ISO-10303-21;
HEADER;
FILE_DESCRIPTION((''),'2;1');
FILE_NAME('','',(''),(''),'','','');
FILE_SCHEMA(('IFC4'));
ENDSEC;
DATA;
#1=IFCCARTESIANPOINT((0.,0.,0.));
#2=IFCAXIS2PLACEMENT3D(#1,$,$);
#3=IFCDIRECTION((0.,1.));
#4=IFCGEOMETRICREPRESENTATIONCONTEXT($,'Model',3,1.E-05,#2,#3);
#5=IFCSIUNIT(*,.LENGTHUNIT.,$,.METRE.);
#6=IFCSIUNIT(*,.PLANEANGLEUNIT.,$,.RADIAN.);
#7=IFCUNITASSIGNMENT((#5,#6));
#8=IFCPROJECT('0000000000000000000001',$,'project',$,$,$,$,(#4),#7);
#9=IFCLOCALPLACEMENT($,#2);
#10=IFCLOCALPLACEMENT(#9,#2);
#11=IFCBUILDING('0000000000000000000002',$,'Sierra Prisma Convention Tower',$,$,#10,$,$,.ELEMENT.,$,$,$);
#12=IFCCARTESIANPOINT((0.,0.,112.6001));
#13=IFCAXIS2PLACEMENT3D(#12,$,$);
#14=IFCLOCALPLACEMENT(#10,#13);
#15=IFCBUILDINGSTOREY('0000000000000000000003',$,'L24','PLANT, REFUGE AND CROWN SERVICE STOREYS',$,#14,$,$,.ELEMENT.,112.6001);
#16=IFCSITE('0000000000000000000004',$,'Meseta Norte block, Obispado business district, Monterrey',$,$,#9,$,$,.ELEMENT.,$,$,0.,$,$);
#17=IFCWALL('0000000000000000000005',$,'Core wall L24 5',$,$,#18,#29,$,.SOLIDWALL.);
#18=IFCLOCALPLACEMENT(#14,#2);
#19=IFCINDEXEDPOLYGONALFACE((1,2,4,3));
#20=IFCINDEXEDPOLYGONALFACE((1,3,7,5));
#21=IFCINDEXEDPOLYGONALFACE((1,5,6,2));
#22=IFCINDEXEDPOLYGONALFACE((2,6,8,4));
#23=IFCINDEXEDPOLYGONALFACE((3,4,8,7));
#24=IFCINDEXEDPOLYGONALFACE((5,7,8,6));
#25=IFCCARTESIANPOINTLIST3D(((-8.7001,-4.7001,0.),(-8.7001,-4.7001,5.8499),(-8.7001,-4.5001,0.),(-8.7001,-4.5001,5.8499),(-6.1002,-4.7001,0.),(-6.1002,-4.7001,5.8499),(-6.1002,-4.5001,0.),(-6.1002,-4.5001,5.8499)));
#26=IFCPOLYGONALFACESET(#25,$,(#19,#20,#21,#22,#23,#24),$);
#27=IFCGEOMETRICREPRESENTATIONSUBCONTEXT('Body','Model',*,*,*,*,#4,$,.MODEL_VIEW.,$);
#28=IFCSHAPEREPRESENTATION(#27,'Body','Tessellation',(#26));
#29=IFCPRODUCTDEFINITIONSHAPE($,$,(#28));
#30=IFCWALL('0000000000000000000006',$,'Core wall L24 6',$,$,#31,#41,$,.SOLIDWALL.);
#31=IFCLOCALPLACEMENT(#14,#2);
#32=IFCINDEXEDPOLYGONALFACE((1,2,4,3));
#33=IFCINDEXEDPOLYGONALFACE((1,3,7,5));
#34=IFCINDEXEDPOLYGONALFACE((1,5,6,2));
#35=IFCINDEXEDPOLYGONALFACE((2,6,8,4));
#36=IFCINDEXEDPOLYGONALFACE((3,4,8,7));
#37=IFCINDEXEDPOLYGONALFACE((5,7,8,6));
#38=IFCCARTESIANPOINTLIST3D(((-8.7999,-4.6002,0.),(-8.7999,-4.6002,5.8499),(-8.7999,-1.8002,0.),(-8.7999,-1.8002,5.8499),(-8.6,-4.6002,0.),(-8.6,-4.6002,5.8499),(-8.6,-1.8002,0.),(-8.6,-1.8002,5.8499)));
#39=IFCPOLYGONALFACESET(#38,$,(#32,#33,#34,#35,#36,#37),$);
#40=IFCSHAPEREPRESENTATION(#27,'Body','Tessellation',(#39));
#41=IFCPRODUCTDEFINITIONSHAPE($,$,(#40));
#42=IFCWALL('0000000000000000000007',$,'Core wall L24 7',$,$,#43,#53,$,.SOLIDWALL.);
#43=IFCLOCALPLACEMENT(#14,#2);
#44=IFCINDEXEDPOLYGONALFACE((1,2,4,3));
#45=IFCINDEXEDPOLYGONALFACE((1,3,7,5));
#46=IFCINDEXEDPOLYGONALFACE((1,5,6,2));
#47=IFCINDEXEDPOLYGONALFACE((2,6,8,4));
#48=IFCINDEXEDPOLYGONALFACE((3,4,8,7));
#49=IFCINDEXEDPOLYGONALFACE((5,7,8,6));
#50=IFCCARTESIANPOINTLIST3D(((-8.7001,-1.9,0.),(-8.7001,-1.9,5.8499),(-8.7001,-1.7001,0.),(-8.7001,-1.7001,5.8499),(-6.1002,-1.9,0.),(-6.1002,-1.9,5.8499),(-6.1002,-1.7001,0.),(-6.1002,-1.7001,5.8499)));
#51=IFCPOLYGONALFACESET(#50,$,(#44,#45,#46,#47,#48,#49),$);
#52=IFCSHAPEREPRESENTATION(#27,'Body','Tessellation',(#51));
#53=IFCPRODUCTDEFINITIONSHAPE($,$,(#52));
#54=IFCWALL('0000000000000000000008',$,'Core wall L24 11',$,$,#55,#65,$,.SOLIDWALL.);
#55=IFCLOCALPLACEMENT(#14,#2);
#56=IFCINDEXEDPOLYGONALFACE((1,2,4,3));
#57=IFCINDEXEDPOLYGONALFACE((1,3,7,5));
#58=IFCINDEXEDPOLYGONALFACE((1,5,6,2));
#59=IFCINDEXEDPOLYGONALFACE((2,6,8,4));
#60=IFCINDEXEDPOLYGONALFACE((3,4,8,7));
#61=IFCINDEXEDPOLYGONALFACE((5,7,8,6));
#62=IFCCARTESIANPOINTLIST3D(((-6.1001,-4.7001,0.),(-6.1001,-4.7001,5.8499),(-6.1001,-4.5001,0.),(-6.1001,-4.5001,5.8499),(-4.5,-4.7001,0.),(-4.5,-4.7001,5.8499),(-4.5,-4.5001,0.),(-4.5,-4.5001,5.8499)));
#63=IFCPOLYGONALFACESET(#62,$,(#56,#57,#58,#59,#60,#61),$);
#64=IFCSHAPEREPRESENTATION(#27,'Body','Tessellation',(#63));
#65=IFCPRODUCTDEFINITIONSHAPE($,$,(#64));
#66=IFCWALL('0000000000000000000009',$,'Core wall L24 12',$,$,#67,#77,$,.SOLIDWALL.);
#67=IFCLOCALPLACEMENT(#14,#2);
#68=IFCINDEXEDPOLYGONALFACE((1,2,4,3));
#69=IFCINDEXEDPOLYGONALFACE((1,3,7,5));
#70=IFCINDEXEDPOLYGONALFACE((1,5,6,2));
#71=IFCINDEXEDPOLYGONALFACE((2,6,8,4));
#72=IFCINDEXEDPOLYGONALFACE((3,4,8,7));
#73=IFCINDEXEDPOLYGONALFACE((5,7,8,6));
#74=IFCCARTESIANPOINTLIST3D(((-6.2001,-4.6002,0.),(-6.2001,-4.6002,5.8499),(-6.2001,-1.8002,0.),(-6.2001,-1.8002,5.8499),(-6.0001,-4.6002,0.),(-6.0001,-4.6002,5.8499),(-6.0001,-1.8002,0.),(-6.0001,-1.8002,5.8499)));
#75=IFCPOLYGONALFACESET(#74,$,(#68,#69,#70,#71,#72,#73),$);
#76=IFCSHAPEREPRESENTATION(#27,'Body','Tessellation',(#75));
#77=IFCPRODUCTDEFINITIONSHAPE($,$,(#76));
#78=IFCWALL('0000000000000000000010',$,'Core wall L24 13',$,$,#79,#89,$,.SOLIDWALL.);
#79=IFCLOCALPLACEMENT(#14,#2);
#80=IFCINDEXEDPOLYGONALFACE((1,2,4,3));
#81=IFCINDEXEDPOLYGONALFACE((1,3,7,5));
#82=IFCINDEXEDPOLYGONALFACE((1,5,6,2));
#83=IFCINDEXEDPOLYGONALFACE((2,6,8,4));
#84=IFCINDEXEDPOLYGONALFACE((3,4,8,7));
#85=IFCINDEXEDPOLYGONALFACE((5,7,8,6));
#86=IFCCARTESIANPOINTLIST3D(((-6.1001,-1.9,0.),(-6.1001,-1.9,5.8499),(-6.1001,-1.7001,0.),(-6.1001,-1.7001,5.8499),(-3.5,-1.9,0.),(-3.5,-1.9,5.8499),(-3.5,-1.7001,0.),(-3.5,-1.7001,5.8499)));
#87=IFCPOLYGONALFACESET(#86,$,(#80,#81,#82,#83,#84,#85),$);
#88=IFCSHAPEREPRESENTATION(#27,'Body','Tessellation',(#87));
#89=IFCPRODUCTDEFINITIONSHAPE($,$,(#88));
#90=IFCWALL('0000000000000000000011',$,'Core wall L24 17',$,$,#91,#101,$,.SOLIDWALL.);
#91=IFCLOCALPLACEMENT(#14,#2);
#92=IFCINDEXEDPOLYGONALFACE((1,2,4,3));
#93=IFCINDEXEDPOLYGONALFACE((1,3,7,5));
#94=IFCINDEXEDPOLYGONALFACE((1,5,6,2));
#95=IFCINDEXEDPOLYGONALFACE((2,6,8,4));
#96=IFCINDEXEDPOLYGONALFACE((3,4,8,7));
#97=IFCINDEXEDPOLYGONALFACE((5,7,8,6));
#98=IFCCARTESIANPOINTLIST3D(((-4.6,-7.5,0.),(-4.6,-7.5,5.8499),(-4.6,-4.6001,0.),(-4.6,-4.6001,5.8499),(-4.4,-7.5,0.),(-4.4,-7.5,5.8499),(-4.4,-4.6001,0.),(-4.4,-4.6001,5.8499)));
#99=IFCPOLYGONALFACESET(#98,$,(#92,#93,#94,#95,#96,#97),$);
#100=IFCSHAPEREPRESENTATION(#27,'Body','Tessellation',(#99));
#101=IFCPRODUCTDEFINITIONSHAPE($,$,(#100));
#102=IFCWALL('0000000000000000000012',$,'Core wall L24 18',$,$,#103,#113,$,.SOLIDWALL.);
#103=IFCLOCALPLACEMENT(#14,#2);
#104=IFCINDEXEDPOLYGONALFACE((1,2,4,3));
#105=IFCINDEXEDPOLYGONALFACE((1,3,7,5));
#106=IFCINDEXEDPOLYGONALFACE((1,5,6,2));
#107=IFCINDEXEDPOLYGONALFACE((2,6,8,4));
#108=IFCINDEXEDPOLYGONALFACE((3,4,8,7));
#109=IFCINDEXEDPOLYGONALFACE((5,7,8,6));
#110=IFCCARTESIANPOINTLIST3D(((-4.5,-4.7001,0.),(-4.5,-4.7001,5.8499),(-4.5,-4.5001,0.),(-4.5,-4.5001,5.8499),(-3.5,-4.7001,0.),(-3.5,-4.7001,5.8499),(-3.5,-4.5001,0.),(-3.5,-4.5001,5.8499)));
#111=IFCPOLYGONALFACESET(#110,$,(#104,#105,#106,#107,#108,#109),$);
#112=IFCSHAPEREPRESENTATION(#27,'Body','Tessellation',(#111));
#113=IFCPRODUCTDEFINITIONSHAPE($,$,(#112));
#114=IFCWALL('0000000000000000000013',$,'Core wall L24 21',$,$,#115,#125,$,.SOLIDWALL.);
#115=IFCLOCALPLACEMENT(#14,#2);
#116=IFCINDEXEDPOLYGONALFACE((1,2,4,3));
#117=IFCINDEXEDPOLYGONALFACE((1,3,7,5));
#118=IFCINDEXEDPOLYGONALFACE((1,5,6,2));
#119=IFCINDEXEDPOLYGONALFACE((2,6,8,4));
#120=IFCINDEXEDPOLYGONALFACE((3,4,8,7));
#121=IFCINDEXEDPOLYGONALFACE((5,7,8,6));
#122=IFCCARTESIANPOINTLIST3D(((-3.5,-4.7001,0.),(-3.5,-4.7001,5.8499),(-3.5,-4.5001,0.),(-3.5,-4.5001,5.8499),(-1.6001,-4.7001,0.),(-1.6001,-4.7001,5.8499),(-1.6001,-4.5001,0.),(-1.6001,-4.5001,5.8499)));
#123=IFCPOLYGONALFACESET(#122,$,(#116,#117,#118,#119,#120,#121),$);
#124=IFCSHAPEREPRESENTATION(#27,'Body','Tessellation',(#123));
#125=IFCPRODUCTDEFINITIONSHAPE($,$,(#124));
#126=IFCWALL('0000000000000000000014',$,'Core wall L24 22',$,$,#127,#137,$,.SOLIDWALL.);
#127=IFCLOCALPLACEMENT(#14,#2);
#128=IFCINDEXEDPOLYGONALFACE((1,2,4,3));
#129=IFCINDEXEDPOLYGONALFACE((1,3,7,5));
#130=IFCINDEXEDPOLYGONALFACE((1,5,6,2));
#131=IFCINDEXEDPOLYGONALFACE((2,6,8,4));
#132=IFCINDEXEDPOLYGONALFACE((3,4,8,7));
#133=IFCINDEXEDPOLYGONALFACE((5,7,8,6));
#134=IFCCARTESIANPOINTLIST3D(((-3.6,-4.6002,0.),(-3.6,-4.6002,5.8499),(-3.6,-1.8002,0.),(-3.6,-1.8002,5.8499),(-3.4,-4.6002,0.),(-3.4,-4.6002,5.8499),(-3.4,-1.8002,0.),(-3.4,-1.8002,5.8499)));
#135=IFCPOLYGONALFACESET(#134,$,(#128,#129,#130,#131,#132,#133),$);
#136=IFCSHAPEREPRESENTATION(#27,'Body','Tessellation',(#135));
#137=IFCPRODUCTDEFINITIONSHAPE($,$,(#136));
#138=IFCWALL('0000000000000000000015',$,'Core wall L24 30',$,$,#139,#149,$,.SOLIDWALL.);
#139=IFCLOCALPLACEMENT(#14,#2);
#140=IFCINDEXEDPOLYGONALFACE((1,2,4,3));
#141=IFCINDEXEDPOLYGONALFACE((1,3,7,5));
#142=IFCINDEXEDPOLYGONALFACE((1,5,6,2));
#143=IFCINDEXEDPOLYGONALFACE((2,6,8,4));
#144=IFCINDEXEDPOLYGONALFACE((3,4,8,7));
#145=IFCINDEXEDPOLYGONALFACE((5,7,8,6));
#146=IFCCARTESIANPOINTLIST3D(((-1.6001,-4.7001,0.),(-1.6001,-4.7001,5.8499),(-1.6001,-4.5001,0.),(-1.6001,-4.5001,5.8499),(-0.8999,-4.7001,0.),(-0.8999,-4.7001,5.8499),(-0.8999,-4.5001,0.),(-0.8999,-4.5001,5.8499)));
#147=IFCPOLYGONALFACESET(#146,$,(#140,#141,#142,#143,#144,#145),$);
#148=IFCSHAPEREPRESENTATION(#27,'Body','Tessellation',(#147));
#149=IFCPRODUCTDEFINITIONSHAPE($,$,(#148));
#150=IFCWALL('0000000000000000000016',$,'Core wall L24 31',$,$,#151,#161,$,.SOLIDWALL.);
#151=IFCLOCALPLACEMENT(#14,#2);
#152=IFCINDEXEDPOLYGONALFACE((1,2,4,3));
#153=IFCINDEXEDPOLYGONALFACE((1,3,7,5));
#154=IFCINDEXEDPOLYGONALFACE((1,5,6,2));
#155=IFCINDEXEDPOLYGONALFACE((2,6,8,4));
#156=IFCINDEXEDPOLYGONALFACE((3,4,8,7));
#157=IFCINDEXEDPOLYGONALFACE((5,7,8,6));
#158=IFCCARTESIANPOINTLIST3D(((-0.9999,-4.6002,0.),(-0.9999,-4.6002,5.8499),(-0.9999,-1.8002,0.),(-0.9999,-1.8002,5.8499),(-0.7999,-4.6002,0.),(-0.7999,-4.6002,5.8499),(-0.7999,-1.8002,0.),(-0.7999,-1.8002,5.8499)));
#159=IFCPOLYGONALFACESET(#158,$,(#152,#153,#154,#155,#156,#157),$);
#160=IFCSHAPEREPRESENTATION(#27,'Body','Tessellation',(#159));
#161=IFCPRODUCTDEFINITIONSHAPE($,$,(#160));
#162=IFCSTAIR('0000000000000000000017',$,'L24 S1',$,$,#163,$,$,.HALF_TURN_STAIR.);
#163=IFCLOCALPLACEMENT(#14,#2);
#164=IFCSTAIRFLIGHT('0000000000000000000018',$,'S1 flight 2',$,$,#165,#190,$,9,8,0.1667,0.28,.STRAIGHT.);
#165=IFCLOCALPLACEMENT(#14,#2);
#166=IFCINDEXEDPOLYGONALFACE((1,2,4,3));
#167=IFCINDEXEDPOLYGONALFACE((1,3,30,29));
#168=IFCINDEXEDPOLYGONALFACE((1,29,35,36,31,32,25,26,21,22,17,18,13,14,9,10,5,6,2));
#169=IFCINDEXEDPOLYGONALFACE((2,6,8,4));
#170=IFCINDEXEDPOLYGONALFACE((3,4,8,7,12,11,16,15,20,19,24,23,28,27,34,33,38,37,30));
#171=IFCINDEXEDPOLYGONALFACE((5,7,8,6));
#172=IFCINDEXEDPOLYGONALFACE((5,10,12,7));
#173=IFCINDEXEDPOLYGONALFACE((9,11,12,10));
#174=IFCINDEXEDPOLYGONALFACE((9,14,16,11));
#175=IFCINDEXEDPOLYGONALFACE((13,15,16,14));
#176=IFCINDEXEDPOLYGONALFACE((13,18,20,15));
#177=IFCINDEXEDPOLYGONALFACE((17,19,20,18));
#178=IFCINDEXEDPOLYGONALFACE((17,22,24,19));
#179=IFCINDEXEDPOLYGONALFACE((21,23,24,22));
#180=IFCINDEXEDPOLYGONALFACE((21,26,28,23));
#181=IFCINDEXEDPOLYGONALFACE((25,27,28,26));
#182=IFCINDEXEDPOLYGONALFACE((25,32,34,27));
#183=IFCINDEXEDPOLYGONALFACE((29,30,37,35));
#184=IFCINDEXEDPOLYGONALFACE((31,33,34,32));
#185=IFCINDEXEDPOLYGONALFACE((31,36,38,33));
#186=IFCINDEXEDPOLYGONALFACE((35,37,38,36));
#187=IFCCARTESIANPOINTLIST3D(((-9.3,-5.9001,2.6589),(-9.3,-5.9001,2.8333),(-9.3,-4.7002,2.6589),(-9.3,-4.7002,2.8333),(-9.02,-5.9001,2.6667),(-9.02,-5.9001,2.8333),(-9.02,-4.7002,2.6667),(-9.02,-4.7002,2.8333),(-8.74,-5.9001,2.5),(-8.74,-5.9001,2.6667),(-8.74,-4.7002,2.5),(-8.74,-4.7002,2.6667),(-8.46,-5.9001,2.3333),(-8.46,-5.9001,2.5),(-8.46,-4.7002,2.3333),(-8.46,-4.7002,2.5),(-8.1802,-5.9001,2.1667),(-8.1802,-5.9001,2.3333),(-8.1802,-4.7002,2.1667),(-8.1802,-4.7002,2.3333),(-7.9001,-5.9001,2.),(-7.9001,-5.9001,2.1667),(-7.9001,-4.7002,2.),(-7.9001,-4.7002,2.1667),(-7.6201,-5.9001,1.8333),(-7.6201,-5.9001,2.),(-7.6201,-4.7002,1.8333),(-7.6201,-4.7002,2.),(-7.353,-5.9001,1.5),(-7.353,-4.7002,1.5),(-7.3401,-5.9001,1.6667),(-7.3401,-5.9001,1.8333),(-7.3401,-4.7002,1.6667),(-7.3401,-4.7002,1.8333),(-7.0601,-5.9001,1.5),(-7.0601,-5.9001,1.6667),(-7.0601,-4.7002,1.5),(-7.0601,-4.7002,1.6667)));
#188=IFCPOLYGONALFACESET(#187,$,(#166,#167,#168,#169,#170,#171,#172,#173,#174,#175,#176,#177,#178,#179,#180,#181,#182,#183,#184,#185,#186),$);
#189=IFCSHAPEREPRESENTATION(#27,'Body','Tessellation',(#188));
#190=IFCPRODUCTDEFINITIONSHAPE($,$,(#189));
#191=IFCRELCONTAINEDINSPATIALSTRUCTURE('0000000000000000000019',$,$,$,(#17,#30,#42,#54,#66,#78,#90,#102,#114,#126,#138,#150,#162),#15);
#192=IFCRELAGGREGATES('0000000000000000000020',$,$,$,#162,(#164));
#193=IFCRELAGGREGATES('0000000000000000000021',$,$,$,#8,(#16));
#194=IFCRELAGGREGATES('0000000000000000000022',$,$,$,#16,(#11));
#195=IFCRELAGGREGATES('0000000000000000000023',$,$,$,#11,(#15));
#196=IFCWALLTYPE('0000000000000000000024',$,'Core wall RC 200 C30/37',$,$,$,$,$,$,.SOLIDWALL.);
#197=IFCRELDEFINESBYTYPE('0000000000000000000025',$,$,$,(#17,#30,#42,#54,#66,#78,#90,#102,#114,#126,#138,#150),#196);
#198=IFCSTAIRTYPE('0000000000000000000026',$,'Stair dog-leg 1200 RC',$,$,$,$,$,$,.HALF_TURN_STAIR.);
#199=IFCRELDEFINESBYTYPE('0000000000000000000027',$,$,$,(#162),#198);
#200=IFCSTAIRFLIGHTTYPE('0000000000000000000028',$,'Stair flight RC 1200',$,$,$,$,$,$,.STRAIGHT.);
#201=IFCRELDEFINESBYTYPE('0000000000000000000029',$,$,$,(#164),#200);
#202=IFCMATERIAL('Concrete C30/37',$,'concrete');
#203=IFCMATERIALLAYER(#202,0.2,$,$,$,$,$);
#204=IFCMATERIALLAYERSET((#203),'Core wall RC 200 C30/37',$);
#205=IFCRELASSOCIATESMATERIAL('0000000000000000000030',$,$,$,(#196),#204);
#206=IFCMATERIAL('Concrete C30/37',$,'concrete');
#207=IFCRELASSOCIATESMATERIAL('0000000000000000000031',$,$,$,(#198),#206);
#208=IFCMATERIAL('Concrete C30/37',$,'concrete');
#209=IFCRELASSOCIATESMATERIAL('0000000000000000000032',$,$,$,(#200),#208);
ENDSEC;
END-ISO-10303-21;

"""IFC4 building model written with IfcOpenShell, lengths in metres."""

from ifc_helpers import new_model, si_unit, direction, frame, frame_2d, origin, place, context, subcontext, project, spatial, polyline, rectangle, outline, extrude, material, layer, layer_set, type_object, element, aggregate, save


model = new_model("IFC4")

# Units and contexts
model_context = context("Model", 3, precision=1e-05, world=origin(), true_north=direction((0.0, 1.0)))
body_context = subcontext(model_context, "Body", "Model", "MODEL_VIEW")
ifc_project = project(units=[si_unit("LENGTHUNIT", "METRE"), si_unit("PLANEANGLEUNIT", "RADIAN")], contexts=[model_context])

# Site, building, storey
site_placement = place(None, origin())
site = spatial("IfcSite", under=ifc_project, at=site_placement, Name="Meseta Norte block, Obispado business district, Monterrey", CompositionType="ELEMENT", RefElevation=0.0)
building_placement = place(site_placement, origin())
building = spatial("IfcBuilding", under=site, at=building_placement, Name="Sierra Prisma Convention Tower", CompositionType="ELEMENT")
storey_placement = place(building_placement, frame((0.0, 0.0, 112.6001)))
storey = spatial("IfcBuildingStorey", under=building, at=storey_placement, Name="L24", Description="PLANT, REFUGE AND CROWN SERVICE STOREYS", CompositionType="ELEMENT", Elevation=112.6001)

# Shared definitions
ifc_material_1 = material(Name="Concrete C30/37", Category="concrete")
ifc_layer = layer(ifc_material_1, 0.2)
ifc_layer_set = layer_set([ifc_layer], Name="Core wall RC 200 C30/37")
wall_type = type_object("IfcWallType", Name="Core wall RC 200 C30/37", PredefinedType="SOLIDWALL", material=ifc_layer_set)

# Walls
wall_1_placement = place(storey_placement, frame((-8.7, -4.6001, 0.0), z_axis=(0.0, 0.0, 1.0), x_axis=(1.0, 0.0, 0.0)))
element("IfcWall", 1, at=wall_1_placement, inside=storey, type_object=wall_type, Name="Core wall L24 5", PredefinedType="SOLIDWALL", context=body_context, shape_type="SweptSolid", body=[
    extrude(rectangle(XDim=2.5999, YDim=0.2, at=frame_2d((1.2998, 0.0))), origin(), (0.0, 0.0, 1.0), 5.8499),
])
wall_2_placement = place(storey_placement, frame((-8.7, -4.6001, 0.0), z_axis=(0.0, 0.0, 1.0), x_axis=(0.0, 1.0, 0.0)))
element("IfcWall", 2, at=wall_2_placement, inside=storey, type_object=wall_type, Name="Core wall L24 6", PredefinedType="SOLIDWALL", context=body_context, shape_type="SweptSolid", body=[
    extrude(rectangle(XDim=2.8, YDim=0.2, at=frame_2d((1.3999, 0.0))), origin(), (0.0, 0.0, 1.0), 5.8499),
])
wall_3_placement = place(storey_placement, frame((-8.7, -1.8, 0.0), z_axis=(0.0, 0.0, 1.0), x_axis=(1.0, 0.0, 0.0)))
element("IfcWall", 3, at=wall_3_placement, inside=storey, type_object=wall_type, Name="Core wall L24 7", PredefinedType="SOLIDWALL", context=body_context, shape_type="SweptSolid", body=[
    extrude(rectangle(XDim=2.5999, YDim=0.2, at=frame_2d((1.2998, 0.0))), origin(), (0.0, 0.0, 1.0), 5.8499),
])
wall_4_placement = place(storey_placement, frame((-6.1001, -4.6001, 0.0), z_axis=(0.0, 0.0, 1.0), x_axis=(1.0, 0.0, 0.0)))
element("IfcWall", 4, at=wall_4_placement, inside=storey, type_object=wall_type, Name="Core wall L24 11", PredefinedType="SOLIDWALL", context=body_context, shape_type="SweptSolid", body=[
    extrude(rectangle(XDim=1.6001, YDim=0.2, at=frame_2d((0.8, 0.0))), origin(), (0.0, 0.0, 1.0), 5.8499),
])
wall_5_placement = place(storey_placement, frame((-6.1001, -4.6001, 0.0), z_axis=(0.0, 0.0, 1.0), x_axis=(0.0, 1.0, 0.0)))
element("IfcWall", 5, at=wall_5_placement, inside=storey, type_object=wall_type, Name="Core wall L24 12", PredefinedType="SOLIDWALL", context=body_context, shape_type="SweptSolid", body=[
    extrude(rectangle(XDim=2.8, YDim=0.2, at=frame_2d((1.3999, 0.0))), origin(), (0.0, 0.0, 1.0), 5.8499),
])
wall_6_placement = place(storey_placement, frame((-6.1001, -1.8, 0.0), z_axis=(0.0, 0.0, 1.0), x_axis=(1.0, 0.0, 0.0)))
element("IfcWall", 6, at=wall_6_placement, inside=storey, type_object=wall_type, Name="Core wall L24 13", PredefinedType="SOLIDWALL", context=body_context, shape_type="SweptSolid", body=[
    extrude(rectangle(XDim=2.6001, YDim=0.2, at=frame_2d((1.3, 0.0))), origin(), (0.0, 0.0, 1.0), 5.8499),
])
wall_7_placement = place(storey_placement, frame((-4.5, -4.6001, 0.0), z_axis=(0.0, 0.0, 1.0), x_axis=(0.0, -1.0, 0.0)))
element("IfcWall", 7, at=wall_7_placement, inside=storey, type_object=wall_type, Name="Core wall L24 17", PredefinedType="SOLIDWALL", context=body_context, shape_type="SweptSolid", body=[
    extrude(rectangle(XDim=2.8999, YDim=0.2, at=frame_2d((1.45, 0.0))), origin(), (0.0, 0.0, 1.0), 5.8499),
])
wall_8_placement = place(storey_placement, frame((-4.5, -4.6001, 0.0), z_axis=(0.0, 0.0, 1.0), x_axis=(1.0, 0.0, 0.0)))
element("IfcWall", 8, at=wall_8_placement, inside=storey, type_object=wall_type, Name="Core wall L24 18", PredefinedType="SOLIDWALL", context=body_context, shape_type="SweptSolid", body=[
    extrude(rectangle(XDim=1.0, YDim=0.2, at=frame_2d((0.5, 0.0))), origin(), (0.0, 0.0, 1.0), 5.8499),
])
wall_9_placement = place(storey_placement, frame((-3.5, -4.6001, 0.0), z_axis=(0.0, 0.0, 1.0), x_axis=(1.0, 0.0, 0.0)))
element("IfcWall", 9, at=wall_9_placement, inside=storey, type_object=wall_type, Name="Core wall L24 21", PredefinedType="SOLIDWALL", context=body_context, shape_type="SweptSolid", body=[
    extrude(rectangle(XDim=1.8999, YDim=0.2, at=frame_2d((0.95, 0.0))), origin(), (0.0, 0.0, 1.0), 5.8499),
])
wall_10_placement = place(storey_placement, frame((-3.5, -4.6001, 0.0), z_axis=(0.0, 0.0, 1.0), x_axis=(0.0, 1.0, 0.0)))
element("IfcWall", 10, at=wall_10_placement, inside=storey, type_object=wall_type, Name="Core wall L24 22", PredefinedType="SOLIDWALL", context=body_context, shape_type="SweptSolid", body=[
    extrude(rectangle(XDim=2.8, YDim=0.2, at=frame_2d((1.3999, 0.0))), origin(), (0.0, 0.0, 1.0), 5.8499),
])
wall_11_placement = place(storey_placement, frame((-1.6001, -4.6001, 0.0), z_axis=(0.0, 0.0, 1.0), x_axis=(1.0, 0.0, 0.0)))
element("IfcWall", 11, at=wall_11_placement, inside=storey, type_object=wall_type, Name="Core wall L24 30", PredefinedType="SOLIDWALL", context=body_context, shape_type="SweptSolid", body=[
    extrude(rectangle(XDim=0.7002, YDim=0.2, at=frame_2d((0.3501, 0.0))), origin(), (0.0, 0.0, 1.0), 5.8499),
])
wall_12_placement = place(storey_placement, frame((-0.8999, -4.6001, 0.0), z_axis=(0.0, 0.0, 1.0), x_axis=(0.0, 1.0, 0.0)))
element("IfcWall", 12, at=wall_12_placement, inside=storey, type_object=wall_type, Name="Core wall L24 31", PredefinedType="SOLIDWALL", context=body_context, shape_type="SweptSolid", body=[
    extrude(rectangle(XDim=2.8, YDim=0.2, at=frame_2d((1.3999, 0.0))), origin(), (0.0, 0.0, 1.0), 5.8499),
])

# Stair, stair flight
ifc_material_2 = material(Name="Concrete C30/37", Category="concrete")
stair_type = type_object("IfcStairType", Name="Stair dog-leg 1200 RC", PredefinedType="HALF_TURN_STAIR", material=ifc_material_2)
stair_placement = place(storey_placement, origin())
stair = element("IfcStair", 13, at=stair_placement, inside=storey, type_object=stair_type, Name="L24 S1", PredefinedType="HALF_TURN_STAIR")
ifc_material_3 = material(Name="Concrete C30/37", Category="concrete")
stair_flight_type = type_object("IfcStairFlightType", Name="Stair flight RC 1200", PredefinedType="STRAIGHT", material=ifc_material_3)
stair_flight_1_placement = place(storey_placement, frame((-7.0601, -5.3, 1.5), z_axis=(0.0, 0.0, 1.0), x_axis=(-1.0, 0.0, 0.0)))
stair_flight_1 = element("IfcStairFlight", 14, at=stair_flight_1_placement, type_object=stair_flight_type, Name="S1 flight 2", NumberOfRisers=9, NumberOfTreads=8, PredefinedType="STRAIGHT", RiserHeight=0.1667, TreadLength=0.28, context=body_context, shape_type="SweptSolid", body=[
    extrude(outline(polyline([(0.0, 0.0), (0.0, 0.1667), (0.28, 0.1667), (0.28, 0.3333), (0.5601, 0.3333), (0.5601, 0.5), (0.8401, 0.5), (0.8401, 0.6667), (1.1201, 0.6667), (1.1201, 0.8333), (1.3999, 0.8333), (1.3999, 1.0), (1.6799, 1.0), (1.6799, 1.1667), (1.96, 1.1667), (1.96, 1.3333), (2.24, 1.3333), (2.24, 1.5), (2.24, 1.1589), (0.293, 0.0), (0.0, 0.0)])), frame((0.0, 0.6001, 0.0), z_axis=(0.0, -1.0, 0.0), x_axis=(1.0, 0.0, 0.0)), (0.0, 0.0, 1.0), 1.2),
])
aggregate(stair, [stair_flight_1])

save(model, "model.ifc")
